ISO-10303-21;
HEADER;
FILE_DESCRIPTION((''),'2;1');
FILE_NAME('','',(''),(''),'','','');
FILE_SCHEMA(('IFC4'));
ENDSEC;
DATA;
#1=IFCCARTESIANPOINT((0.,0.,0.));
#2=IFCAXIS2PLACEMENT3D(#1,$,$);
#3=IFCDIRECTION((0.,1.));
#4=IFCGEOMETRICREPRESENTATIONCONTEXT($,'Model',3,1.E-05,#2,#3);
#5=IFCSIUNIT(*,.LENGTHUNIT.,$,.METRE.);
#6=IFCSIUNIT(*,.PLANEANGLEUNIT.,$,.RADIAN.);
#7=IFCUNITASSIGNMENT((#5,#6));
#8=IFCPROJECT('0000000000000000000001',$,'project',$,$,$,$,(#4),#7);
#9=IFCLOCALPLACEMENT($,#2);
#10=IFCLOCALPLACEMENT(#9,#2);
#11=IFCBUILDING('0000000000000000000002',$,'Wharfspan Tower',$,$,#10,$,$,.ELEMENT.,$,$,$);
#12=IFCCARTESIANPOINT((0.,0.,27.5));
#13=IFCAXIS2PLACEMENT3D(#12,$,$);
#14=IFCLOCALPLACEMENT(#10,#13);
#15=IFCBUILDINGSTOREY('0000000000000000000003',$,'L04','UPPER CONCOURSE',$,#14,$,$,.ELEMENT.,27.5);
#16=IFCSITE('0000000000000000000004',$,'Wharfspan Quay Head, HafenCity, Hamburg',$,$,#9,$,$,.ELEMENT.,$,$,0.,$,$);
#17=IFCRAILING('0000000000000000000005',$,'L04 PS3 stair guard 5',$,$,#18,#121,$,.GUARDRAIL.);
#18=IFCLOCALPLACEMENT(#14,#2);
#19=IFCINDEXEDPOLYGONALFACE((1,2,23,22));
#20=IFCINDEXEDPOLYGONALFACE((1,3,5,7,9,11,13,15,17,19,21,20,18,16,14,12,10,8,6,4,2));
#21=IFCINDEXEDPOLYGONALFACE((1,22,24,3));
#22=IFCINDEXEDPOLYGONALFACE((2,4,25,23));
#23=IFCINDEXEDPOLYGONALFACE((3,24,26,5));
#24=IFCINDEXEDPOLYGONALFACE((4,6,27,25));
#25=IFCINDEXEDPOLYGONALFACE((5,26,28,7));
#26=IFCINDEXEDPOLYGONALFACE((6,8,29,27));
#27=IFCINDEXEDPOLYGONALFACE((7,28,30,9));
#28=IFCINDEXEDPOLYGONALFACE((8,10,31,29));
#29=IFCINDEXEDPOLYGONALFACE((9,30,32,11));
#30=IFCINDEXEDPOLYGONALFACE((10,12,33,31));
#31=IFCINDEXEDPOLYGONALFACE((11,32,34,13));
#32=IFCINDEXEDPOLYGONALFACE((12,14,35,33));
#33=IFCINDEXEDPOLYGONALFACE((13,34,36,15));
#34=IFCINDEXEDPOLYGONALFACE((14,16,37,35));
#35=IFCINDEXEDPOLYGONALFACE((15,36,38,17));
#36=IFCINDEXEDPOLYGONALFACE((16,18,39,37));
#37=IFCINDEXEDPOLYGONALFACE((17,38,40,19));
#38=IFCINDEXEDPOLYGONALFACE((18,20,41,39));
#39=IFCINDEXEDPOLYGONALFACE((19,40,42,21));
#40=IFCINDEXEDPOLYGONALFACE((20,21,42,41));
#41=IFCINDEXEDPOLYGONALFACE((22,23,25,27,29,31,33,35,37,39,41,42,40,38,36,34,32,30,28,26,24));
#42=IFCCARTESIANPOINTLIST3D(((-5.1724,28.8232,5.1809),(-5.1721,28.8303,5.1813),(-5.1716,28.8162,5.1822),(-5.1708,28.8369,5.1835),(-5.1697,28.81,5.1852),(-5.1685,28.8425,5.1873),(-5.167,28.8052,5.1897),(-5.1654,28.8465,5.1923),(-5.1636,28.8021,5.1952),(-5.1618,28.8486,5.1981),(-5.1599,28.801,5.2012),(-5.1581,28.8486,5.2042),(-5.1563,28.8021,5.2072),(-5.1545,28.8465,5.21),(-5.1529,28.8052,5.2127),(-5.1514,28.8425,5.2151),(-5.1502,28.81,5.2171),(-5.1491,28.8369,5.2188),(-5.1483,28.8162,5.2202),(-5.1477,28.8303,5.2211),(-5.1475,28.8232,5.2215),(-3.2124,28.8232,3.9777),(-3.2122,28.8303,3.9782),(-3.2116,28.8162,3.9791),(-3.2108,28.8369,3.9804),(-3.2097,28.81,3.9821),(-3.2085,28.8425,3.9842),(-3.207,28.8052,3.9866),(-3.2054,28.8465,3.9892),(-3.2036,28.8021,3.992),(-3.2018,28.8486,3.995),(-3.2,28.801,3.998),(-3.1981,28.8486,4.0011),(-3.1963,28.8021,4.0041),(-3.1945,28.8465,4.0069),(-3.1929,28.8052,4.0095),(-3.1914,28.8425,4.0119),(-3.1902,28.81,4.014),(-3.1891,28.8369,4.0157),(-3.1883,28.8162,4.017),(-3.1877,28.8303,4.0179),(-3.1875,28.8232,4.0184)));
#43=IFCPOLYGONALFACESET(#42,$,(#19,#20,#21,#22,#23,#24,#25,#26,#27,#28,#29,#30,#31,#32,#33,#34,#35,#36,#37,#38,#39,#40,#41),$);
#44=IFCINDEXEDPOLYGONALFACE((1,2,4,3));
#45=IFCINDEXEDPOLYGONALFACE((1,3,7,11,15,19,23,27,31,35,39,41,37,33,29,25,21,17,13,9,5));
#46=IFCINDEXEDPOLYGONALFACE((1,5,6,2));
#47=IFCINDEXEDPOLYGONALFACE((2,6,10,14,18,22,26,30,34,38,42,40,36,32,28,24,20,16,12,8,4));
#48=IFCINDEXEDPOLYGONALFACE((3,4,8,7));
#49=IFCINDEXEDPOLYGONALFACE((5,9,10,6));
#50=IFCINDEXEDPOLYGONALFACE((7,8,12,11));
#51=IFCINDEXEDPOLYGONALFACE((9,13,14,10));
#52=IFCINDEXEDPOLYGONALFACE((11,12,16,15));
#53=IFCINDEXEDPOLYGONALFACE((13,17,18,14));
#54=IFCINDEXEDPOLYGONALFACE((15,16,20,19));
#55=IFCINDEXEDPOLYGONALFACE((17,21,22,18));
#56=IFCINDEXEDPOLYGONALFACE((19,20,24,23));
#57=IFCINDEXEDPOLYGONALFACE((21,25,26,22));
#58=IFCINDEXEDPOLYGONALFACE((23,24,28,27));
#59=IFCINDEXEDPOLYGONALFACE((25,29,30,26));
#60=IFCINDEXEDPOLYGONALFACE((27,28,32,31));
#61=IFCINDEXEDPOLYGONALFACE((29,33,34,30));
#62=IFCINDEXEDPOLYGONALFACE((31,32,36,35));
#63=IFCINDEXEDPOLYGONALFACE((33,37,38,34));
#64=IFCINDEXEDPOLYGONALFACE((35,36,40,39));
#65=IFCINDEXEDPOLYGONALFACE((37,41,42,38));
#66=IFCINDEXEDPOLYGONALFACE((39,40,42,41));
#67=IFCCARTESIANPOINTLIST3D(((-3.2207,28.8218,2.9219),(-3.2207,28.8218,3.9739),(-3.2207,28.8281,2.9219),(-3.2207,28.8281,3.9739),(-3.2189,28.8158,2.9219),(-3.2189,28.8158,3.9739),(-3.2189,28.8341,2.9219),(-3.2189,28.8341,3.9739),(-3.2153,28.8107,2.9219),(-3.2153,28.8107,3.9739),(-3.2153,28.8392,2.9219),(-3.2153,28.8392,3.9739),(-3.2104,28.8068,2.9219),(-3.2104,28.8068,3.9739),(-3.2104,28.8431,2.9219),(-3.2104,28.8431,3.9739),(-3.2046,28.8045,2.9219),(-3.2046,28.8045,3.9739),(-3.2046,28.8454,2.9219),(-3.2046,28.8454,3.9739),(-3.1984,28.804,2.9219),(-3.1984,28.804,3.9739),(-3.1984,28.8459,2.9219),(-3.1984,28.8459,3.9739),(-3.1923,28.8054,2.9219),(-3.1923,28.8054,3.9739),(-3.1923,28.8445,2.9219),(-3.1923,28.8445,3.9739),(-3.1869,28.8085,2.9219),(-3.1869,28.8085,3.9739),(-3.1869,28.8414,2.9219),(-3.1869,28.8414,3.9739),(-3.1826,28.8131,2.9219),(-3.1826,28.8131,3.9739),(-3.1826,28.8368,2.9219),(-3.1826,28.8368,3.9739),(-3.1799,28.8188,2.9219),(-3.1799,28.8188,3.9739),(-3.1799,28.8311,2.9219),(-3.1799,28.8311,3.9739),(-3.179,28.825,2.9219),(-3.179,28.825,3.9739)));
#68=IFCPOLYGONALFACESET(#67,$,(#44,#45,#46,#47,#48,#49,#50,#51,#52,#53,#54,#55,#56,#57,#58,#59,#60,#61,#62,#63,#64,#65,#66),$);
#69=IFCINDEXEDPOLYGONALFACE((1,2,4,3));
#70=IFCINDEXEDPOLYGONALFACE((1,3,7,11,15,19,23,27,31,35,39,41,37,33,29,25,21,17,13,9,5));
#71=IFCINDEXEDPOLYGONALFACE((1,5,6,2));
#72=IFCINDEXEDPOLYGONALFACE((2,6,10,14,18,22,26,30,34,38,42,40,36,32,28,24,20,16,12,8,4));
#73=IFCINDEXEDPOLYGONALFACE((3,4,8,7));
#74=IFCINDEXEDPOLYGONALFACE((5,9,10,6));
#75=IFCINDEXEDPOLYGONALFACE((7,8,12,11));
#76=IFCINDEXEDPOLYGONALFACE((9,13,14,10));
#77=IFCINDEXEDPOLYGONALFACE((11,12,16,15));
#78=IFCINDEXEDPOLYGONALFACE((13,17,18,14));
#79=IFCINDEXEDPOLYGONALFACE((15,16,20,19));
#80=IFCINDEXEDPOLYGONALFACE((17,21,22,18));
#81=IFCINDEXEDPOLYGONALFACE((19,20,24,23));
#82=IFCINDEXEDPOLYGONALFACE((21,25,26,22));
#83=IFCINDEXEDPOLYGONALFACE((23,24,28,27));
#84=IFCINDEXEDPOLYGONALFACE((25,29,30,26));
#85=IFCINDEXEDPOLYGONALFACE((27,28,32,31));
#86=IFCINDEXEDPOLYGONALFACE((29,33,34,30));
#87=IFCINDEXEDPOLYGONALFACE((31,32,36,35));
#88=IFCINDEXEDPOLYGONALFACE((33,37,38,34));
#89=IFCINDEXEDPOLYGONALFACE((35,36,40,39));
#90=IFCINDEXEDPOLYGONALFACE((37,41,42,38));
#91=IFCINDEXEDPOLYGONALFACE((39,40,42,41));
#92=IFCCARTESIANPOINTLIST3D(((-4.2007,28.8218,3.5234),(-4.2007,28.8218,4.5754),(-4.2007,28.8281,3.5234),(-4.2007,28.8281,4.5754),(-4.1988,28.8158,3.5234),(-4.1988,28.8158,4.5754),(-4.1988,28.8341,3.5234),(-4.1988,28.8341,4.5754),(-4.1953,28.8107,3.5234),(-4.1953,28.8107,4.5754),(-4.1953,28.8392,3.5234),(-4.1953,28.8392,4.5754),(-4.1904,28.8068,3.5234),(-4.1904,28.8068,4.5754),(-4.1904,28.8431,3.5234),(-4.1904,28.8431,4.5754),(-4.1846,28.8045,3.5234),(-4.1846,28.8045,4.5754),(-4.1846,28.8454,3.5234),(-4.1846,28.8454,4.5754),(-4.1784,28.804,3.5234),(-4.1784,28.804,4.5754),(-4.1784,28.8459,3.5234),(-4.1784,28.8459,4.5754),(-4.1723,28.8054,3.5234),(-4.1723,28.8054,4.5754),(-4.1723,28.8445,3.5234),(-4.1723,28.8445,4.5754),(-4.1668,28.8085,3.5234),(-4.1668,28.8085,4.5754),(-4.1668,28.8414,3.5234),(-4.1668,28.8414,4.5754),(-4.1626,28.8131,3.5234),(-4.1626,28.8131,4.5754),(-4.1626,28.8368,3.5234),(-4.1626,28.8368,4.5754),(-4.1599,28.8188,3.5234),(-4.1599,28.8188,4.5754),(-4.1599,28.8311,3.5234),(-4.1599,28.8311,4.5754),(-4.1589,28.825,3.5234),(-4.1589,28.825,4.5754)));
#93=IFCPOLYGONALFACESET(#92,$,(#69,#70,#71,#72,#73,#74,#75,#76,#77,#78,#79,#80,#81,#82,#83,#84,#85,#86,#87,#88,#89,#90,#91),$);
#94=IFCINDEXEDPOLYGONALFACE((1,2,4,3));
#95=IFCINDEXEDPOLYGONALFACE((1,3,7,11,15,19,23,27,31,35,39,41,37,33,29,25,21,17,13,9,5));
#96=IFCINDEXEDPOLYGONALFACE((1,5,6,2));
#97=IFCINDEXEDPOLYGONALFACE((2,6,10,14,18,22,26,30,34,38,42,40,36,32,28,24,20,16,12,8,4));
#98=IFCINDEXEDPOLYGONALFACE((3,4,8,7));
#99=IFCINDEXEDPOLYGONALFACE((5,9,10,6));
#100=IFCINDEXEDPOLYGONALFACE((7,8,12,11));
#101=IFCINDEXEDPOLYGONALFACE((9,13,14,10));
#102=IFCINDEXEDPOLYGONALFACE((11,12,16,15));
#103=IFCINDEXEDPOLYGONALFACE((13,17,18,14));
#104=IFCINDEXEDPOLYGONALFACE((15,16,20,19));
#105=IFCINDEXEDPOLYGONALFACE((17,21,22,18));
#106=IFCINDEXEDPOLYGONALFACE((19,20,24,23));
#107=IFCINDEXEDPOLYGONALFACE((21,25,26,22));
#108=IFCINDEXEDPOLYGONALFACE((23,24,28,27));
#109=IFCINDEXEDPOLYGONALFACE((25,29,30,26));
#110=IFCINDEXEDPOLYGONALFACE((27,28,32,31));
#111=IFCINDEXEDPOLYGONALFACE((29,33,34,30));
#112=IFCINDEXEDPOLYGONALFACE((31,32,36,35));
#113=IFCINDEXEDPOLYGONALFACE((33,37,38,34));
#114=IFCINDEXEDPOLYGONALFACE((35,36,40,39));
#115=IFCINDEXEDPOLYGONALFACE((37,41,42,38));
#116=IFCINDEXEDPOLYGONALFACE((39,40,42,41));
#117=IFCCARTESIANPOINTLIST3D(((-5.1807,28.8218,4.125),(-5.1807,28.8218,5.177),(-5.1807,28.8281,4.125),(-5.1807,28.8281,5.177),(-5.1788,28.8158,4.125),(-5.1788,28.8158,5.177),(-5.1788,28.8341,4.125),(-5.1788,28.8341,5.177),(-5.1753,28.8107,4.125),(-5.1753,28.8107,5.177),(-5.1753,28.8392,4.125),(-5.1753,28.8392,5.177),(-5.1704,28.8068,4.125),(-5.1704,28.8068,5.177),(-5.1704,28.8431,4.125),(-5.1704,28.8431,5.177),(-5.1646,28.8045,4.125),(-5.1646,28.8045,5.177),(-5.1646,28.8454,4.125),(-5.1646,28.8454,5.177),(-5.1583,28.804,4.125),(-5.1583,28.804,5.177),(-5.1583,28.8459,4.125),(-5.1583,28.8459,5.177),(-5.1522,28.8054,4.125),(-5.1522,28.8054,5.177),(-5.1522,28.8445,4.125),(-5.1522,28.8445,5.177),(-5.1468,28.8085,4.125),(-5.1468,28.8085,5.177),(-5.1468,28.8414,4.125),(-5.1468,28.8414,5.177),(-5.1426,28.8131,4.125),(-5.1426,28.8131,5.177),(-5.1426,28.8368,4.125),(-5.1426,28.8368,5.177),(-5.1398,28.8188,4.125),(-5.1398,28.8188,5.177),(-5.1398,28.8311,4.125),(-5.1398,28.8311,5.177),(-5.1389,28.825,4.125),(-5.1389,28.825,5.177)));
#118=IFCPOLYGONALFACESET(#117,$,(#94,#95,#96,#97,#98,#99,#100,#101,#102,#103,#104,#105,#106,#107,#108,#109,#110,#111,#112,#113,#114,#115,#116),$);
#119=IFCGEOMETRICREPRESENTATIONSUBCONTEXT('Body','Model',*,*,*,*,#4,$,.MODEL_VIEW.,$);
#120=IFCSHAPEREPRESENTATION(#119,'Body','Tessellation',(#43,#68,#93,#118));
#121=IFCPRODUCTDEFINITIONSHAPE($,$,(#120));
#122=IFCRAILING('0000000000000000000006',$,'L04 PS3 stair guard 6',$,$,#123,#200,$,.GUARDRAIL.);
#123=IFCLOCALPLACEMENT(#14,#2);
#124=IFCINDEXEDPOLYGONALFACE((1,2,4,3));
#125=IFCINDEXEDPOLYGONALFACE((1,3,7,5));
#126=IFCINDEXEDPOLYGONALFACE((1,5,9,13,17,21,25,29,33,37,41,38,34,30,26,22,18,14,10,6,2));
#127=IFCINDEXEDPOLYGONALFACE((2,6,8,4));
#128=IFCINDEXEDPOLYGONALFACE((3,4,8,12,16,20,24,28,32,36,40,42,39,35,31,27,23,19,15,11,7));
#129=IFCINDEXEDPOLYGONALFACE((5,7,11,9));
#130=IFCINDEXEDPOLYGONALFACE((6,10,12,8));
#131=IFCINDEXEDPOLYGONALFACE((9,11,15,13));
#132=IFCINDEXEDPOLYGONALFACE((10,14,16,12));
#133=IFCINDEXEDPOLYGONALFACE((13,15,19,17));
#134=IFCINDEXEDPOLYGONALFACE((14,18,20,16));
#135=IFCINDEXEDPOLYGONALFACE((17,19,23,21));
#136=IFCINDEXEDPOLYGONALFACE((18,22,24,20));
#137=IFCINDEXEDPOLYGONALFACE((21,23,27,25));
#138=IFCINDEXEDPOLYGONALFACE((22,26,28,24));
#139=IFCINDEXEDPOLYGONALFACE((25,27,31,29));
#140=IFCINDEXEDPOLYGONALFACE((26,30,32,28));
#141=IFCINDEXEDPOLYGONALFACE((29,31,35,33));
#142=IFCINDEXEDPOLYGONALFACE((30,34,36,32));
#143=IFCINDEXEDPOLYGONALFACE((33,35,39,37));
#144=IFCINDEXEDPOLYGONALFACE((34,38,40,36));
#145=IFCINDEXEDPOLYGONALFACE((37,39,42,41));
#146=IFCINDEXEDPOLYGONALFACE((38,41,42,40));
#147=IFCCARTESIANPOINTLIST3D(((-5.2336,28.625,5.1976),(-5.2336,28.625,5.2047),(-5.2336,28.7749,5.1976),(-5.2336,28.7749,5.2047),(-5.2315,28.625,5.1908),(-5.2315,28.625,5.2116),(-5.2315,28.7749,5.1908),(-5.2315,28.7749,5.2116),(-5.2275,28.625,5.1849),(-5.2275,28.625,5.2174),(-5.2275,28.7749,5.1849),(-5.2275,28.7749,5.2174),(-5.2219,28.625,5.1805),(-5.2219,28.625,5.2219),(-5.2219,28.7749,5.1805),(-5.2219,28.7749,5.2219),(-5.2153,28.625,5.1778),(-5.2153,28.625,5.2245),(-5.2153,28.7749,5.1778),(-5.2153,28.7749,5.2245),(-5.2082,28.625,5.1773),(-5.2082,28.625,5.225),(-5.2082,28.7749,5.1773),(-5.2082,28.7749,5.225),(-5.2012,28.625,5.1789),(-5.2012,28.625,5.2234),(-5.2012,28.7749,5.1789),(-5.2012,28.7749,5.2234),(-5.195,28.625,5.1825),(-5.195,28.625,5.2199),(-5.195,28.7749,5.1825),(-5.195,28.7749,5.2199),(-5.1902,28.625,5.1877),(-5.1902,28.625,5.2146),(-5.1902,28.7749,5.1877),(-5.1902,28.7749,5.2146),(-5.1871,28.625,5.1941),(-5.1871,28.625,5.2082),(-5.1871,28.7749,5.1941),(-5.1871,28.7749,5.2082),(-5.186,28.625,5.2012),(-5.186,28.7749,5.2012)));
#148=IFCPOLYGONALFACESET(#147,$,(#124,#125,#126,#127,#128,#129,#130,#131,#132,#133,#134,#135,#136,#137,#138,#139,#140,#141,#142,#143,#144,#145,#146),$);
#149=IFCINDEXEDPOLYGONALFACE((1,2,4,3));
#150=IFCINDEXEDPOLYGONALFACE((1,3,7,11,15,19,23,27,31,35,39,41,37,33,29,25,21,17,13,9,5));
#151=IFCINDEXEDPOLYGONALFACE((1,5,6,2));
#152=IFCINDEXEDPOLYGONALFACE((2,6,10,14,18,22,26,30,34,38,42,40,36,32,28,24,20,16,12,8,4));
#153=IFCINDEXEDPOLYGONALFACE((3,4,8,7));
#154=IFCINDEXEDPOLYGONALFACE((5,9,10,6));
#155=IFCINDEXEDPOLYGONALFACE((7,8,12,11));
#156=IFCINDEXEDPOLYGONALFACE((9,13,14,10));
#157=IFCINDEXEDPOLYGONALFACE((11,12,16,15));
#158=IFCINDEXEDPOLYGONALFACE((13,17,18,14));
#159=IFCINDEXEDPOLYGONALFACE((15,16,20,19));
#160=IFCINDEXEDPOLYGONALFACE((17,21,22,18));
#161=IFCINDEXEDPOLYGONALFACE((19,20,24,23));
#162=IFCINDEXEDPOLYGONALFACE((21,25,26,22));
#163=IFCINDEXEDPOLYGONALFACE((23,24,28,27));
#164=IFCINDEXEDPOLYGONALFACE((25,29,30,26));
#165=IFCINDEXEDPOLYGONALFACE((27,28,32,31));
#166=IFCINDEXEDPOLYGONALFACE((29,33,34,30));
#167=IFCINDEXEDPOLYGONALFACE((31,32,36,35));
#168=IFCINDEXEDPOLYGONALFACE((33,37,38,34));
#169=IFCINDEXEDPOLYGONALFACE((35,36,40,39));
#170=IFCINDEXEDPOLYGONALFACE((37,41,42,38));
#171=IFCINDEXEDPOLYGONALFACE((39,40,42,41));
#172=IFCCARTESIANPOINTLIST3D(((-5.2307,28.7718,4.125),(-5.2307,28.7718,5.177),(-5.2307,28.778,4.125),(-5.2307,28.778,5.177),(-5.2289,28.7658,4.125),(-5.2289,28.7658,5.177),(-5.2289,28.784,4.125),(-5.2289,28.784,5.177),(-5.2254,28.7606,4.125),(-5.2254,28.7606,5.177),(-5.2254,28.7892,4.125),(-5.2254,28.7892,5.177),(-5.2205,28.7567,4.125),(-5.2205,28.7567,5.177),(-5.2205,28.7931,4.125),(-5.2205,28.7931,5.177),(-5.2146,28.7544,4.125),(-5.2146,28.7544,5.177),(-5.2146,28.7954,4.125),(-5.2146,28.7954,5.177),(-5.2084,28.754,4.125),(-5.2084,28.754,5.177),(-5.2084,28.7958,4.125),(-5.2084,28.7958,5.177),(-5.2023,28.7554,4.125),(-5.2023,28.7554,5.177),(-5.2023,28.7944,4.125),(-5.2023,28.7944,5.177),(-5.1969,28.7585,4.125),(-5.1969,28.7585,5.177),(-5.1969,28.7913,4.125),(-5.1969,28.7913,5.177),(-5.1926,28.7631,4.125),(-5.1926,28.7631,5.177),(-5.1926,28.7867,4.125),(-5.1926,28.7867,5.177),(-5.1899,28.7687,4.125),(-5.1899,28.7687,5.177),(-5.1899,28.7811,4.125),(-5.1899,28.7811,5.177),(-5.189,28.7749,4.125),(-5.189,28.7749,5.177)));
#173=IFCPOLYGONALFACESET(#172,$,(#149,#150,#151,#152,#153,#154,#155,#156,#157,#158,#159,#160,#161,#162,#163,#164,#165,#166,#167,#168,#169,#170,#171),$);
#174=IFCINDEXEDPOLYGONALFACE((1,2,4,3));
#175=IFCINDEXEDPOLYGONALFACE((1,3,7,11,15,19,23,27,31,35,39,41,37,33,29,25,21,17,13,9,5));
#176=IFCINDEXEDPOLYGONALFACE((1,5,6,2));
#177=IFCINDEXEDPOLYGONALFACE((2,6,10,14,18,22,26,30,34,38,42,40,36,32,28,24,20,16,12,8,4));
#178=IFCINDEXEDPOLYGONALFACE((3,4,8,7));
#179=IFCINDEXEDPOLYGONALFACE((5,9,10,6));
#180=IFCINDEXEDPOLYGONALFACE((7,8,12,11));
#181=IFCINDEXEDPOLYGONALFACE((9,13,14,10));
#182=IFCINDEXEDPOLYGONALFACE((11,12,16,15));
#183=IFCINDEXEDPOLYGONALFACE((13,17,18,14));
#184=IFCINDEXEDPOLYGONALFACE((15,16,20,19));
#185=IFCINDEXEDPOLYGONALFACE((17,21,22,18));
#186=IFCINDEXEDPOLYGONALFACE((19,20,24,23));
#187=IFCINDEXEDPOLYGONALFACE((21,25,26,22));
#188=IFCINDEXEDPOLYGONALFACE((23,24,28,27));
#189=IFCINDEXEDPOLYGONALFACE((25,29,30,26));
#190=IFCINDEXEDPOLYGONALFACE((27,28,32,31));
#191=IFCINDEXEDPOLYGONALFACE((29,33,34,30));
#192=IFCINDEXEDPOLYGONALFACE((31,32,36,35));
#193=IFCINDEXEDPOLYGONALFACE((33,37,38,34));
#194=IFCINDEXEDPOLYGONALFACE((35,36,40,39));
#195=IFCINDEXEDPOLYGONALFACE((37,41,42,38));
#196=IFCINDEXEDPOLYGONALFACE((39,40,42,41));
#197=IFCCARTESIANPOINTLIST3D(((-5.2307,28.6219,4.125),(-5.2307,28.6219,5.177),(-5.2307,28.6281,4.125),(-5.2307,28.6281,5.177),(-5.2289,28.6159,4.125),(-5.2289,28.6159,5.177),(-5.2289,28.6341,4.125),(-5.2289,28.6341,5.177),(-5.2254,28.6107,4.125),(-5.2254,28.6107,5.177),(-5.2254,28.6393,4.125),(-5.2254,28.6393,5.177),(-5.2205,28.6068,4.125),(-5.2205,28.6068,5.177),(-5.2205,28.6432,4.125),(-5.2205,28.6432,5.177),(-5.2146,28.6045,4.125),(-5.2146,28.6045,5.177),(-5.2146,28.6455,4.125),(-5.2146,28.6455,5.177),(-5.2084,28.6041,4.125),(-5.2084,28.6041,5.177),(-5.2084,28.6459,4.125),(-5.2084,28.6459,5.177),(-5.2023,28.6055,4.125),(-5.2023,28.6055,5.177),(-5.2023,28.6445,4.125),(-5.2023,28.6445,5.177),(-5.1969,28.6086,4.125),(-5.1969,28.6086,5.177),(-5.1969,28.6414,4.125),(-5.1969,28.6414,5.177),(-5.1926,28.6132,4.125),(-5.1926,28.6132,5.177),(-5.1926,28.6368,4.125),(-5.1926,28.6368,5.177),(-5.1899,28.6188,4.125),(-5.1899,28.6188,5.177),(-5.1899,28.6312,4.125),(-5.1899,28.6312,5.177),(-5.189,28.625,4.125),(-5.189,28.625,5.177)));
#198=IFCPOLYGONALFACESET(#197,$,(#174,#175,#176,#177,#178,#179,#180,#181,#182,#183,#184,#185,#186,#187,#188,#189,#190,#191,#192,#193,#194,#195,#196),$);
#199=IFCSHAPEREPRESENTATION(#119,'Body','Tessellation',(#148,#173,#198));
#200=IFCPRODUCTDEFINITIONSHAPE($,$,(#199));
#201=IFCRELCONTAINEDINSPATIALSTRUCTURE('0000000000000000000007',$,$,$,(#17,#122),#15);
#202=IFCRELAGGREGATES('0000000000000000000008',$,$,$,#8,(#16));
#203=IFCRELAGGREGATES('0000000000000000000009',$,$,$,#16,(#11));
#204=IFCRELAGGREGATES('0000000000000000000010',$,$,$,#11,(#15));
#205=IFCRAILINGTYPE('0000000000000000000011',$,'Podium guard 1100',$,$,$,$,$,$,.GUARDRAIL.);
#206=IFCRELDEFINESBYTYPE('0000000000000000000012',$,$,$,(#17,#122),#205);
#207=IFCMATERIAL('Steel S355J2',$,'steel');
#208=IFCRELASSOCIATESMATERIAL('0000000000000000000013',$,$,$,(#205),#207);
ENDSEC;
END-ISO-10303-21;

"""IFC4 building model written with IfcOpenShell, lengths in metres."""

from ifc_helpers import new_model, si_unit, direction, frame, origin, origin_2d, place, context, subcontext, project, spatial, circle, extrude, material, type_object, element, save


model = new_model("IFC4")

# Units and contexts
model_context = context("Model", 3, precision=1e-05, world=origin(), true_north=direction((0.0, 1.0)))
body_context = subcontext(model_context, "Body", "Model", "MODEL_VIEW")
ifc_project = project(units=[si_unit("LENGTHUNIT", "METRE"), si_unit("PLANEANGLEUNIT", "RADIAN")], contexts=[model_context])

# Site, building, storey
site_placement = place(None, origin())
site = spatial("IfcSite", under=ifc_project, at=site_placement, Name="Wharfspan Quay Head, HafenCity, Hamburg", CompositionType="ELEMENT", RefElevation=0.0)
building_placement = place(site_placement, origin())
building = spatial("IfcBuilding", under=site, at=building_placement, Name="Wharfspan Tower", CompositionType="ELEMENT")
storey_placement = place(building_placement, frame((0.0, 0.0, 27.5)))
storey = spatial("IfcBuildingStorey", under=building, at=storey_placement, Name="L04", Description="UPPER CONCOURSE", CompositionType="ELEMENT", Elevation=27.5)

# Railings
ifc_material_1 = material(Name="Steel S355J2", Category="steel")
railing_type_1 = type_object("IfcRailingType", Name="Podium guard 1100", PredefinedType="GUARDRAIL", material=ifc_material_1)
railing_1_placement = place(storey_placement, frame((-3.2, 28.825, 2.9219)))
element("IfcRailing", 1, at=railing_1_placement, inside=storey, type_object=railing_type_1, Name="L04 PS3 stair guard 5", PredefinedType="GUARDRAIL", context=body_context, shape_type="SweptSolid", body=[
    extrude(circle(Radius=0.0239, at=origin_2d()), frame((0.0, 0.0, 1.0762), z_axis=(-0.852241, 0.0, 0.523149), x_axis=(0.0, -1.0, 0.0)), (0.0, 0.0, 1.0), 2.2998),
    extrude(circle(Radius=0.021, at=origin_2d()), origin(), (0.0, 0.0, 1.0), 1.052),
    extrude(circle(Radius=0.021, at=origin_2d()), frame((-0.98, 0.0, 0.6016)), (0.0, 0.0, 1.0), 1.052),
    extrude(circle(Radius=0.021, at=origin_2d()), frame((-1.96, 0.0, 1.2031)), (0.0, 0.0, 1.0), 1.052),
])
railing_2_placement = place(storey_placement, frame((-5.21, 28.7749, 4.125)))
element("IfcRailing", 2, at=railing_2_placement, inside=storey, type_object=railing_type_1, Name="L04 PS3 stair guard 6", PredefinedType="GUARDRAIL", context=body_context, shape_type="SweptSolid", body=[
    extrude(circle(Radius=0.0239, at=origin_2d()), frame((0.0, 0.0, 1.0762), z_axis=(0.0, -1.0, 0.0), x_axis=(1.0, 0.0, 0.0)), (0.0, 0.0, 1.0), 0.1499),
    extrude(circle(Radius=0.021, at=origin_2d()), origin(), (0.0, 0.0, 1.0), 1.052),
    extrude(circle(Radius=0.021, at=origin_2d()), frame((0.0, -0.1499, 0.0)), (0.0, 0.0, 1.0), 1.052),
])

save(model, "model.ifc")
